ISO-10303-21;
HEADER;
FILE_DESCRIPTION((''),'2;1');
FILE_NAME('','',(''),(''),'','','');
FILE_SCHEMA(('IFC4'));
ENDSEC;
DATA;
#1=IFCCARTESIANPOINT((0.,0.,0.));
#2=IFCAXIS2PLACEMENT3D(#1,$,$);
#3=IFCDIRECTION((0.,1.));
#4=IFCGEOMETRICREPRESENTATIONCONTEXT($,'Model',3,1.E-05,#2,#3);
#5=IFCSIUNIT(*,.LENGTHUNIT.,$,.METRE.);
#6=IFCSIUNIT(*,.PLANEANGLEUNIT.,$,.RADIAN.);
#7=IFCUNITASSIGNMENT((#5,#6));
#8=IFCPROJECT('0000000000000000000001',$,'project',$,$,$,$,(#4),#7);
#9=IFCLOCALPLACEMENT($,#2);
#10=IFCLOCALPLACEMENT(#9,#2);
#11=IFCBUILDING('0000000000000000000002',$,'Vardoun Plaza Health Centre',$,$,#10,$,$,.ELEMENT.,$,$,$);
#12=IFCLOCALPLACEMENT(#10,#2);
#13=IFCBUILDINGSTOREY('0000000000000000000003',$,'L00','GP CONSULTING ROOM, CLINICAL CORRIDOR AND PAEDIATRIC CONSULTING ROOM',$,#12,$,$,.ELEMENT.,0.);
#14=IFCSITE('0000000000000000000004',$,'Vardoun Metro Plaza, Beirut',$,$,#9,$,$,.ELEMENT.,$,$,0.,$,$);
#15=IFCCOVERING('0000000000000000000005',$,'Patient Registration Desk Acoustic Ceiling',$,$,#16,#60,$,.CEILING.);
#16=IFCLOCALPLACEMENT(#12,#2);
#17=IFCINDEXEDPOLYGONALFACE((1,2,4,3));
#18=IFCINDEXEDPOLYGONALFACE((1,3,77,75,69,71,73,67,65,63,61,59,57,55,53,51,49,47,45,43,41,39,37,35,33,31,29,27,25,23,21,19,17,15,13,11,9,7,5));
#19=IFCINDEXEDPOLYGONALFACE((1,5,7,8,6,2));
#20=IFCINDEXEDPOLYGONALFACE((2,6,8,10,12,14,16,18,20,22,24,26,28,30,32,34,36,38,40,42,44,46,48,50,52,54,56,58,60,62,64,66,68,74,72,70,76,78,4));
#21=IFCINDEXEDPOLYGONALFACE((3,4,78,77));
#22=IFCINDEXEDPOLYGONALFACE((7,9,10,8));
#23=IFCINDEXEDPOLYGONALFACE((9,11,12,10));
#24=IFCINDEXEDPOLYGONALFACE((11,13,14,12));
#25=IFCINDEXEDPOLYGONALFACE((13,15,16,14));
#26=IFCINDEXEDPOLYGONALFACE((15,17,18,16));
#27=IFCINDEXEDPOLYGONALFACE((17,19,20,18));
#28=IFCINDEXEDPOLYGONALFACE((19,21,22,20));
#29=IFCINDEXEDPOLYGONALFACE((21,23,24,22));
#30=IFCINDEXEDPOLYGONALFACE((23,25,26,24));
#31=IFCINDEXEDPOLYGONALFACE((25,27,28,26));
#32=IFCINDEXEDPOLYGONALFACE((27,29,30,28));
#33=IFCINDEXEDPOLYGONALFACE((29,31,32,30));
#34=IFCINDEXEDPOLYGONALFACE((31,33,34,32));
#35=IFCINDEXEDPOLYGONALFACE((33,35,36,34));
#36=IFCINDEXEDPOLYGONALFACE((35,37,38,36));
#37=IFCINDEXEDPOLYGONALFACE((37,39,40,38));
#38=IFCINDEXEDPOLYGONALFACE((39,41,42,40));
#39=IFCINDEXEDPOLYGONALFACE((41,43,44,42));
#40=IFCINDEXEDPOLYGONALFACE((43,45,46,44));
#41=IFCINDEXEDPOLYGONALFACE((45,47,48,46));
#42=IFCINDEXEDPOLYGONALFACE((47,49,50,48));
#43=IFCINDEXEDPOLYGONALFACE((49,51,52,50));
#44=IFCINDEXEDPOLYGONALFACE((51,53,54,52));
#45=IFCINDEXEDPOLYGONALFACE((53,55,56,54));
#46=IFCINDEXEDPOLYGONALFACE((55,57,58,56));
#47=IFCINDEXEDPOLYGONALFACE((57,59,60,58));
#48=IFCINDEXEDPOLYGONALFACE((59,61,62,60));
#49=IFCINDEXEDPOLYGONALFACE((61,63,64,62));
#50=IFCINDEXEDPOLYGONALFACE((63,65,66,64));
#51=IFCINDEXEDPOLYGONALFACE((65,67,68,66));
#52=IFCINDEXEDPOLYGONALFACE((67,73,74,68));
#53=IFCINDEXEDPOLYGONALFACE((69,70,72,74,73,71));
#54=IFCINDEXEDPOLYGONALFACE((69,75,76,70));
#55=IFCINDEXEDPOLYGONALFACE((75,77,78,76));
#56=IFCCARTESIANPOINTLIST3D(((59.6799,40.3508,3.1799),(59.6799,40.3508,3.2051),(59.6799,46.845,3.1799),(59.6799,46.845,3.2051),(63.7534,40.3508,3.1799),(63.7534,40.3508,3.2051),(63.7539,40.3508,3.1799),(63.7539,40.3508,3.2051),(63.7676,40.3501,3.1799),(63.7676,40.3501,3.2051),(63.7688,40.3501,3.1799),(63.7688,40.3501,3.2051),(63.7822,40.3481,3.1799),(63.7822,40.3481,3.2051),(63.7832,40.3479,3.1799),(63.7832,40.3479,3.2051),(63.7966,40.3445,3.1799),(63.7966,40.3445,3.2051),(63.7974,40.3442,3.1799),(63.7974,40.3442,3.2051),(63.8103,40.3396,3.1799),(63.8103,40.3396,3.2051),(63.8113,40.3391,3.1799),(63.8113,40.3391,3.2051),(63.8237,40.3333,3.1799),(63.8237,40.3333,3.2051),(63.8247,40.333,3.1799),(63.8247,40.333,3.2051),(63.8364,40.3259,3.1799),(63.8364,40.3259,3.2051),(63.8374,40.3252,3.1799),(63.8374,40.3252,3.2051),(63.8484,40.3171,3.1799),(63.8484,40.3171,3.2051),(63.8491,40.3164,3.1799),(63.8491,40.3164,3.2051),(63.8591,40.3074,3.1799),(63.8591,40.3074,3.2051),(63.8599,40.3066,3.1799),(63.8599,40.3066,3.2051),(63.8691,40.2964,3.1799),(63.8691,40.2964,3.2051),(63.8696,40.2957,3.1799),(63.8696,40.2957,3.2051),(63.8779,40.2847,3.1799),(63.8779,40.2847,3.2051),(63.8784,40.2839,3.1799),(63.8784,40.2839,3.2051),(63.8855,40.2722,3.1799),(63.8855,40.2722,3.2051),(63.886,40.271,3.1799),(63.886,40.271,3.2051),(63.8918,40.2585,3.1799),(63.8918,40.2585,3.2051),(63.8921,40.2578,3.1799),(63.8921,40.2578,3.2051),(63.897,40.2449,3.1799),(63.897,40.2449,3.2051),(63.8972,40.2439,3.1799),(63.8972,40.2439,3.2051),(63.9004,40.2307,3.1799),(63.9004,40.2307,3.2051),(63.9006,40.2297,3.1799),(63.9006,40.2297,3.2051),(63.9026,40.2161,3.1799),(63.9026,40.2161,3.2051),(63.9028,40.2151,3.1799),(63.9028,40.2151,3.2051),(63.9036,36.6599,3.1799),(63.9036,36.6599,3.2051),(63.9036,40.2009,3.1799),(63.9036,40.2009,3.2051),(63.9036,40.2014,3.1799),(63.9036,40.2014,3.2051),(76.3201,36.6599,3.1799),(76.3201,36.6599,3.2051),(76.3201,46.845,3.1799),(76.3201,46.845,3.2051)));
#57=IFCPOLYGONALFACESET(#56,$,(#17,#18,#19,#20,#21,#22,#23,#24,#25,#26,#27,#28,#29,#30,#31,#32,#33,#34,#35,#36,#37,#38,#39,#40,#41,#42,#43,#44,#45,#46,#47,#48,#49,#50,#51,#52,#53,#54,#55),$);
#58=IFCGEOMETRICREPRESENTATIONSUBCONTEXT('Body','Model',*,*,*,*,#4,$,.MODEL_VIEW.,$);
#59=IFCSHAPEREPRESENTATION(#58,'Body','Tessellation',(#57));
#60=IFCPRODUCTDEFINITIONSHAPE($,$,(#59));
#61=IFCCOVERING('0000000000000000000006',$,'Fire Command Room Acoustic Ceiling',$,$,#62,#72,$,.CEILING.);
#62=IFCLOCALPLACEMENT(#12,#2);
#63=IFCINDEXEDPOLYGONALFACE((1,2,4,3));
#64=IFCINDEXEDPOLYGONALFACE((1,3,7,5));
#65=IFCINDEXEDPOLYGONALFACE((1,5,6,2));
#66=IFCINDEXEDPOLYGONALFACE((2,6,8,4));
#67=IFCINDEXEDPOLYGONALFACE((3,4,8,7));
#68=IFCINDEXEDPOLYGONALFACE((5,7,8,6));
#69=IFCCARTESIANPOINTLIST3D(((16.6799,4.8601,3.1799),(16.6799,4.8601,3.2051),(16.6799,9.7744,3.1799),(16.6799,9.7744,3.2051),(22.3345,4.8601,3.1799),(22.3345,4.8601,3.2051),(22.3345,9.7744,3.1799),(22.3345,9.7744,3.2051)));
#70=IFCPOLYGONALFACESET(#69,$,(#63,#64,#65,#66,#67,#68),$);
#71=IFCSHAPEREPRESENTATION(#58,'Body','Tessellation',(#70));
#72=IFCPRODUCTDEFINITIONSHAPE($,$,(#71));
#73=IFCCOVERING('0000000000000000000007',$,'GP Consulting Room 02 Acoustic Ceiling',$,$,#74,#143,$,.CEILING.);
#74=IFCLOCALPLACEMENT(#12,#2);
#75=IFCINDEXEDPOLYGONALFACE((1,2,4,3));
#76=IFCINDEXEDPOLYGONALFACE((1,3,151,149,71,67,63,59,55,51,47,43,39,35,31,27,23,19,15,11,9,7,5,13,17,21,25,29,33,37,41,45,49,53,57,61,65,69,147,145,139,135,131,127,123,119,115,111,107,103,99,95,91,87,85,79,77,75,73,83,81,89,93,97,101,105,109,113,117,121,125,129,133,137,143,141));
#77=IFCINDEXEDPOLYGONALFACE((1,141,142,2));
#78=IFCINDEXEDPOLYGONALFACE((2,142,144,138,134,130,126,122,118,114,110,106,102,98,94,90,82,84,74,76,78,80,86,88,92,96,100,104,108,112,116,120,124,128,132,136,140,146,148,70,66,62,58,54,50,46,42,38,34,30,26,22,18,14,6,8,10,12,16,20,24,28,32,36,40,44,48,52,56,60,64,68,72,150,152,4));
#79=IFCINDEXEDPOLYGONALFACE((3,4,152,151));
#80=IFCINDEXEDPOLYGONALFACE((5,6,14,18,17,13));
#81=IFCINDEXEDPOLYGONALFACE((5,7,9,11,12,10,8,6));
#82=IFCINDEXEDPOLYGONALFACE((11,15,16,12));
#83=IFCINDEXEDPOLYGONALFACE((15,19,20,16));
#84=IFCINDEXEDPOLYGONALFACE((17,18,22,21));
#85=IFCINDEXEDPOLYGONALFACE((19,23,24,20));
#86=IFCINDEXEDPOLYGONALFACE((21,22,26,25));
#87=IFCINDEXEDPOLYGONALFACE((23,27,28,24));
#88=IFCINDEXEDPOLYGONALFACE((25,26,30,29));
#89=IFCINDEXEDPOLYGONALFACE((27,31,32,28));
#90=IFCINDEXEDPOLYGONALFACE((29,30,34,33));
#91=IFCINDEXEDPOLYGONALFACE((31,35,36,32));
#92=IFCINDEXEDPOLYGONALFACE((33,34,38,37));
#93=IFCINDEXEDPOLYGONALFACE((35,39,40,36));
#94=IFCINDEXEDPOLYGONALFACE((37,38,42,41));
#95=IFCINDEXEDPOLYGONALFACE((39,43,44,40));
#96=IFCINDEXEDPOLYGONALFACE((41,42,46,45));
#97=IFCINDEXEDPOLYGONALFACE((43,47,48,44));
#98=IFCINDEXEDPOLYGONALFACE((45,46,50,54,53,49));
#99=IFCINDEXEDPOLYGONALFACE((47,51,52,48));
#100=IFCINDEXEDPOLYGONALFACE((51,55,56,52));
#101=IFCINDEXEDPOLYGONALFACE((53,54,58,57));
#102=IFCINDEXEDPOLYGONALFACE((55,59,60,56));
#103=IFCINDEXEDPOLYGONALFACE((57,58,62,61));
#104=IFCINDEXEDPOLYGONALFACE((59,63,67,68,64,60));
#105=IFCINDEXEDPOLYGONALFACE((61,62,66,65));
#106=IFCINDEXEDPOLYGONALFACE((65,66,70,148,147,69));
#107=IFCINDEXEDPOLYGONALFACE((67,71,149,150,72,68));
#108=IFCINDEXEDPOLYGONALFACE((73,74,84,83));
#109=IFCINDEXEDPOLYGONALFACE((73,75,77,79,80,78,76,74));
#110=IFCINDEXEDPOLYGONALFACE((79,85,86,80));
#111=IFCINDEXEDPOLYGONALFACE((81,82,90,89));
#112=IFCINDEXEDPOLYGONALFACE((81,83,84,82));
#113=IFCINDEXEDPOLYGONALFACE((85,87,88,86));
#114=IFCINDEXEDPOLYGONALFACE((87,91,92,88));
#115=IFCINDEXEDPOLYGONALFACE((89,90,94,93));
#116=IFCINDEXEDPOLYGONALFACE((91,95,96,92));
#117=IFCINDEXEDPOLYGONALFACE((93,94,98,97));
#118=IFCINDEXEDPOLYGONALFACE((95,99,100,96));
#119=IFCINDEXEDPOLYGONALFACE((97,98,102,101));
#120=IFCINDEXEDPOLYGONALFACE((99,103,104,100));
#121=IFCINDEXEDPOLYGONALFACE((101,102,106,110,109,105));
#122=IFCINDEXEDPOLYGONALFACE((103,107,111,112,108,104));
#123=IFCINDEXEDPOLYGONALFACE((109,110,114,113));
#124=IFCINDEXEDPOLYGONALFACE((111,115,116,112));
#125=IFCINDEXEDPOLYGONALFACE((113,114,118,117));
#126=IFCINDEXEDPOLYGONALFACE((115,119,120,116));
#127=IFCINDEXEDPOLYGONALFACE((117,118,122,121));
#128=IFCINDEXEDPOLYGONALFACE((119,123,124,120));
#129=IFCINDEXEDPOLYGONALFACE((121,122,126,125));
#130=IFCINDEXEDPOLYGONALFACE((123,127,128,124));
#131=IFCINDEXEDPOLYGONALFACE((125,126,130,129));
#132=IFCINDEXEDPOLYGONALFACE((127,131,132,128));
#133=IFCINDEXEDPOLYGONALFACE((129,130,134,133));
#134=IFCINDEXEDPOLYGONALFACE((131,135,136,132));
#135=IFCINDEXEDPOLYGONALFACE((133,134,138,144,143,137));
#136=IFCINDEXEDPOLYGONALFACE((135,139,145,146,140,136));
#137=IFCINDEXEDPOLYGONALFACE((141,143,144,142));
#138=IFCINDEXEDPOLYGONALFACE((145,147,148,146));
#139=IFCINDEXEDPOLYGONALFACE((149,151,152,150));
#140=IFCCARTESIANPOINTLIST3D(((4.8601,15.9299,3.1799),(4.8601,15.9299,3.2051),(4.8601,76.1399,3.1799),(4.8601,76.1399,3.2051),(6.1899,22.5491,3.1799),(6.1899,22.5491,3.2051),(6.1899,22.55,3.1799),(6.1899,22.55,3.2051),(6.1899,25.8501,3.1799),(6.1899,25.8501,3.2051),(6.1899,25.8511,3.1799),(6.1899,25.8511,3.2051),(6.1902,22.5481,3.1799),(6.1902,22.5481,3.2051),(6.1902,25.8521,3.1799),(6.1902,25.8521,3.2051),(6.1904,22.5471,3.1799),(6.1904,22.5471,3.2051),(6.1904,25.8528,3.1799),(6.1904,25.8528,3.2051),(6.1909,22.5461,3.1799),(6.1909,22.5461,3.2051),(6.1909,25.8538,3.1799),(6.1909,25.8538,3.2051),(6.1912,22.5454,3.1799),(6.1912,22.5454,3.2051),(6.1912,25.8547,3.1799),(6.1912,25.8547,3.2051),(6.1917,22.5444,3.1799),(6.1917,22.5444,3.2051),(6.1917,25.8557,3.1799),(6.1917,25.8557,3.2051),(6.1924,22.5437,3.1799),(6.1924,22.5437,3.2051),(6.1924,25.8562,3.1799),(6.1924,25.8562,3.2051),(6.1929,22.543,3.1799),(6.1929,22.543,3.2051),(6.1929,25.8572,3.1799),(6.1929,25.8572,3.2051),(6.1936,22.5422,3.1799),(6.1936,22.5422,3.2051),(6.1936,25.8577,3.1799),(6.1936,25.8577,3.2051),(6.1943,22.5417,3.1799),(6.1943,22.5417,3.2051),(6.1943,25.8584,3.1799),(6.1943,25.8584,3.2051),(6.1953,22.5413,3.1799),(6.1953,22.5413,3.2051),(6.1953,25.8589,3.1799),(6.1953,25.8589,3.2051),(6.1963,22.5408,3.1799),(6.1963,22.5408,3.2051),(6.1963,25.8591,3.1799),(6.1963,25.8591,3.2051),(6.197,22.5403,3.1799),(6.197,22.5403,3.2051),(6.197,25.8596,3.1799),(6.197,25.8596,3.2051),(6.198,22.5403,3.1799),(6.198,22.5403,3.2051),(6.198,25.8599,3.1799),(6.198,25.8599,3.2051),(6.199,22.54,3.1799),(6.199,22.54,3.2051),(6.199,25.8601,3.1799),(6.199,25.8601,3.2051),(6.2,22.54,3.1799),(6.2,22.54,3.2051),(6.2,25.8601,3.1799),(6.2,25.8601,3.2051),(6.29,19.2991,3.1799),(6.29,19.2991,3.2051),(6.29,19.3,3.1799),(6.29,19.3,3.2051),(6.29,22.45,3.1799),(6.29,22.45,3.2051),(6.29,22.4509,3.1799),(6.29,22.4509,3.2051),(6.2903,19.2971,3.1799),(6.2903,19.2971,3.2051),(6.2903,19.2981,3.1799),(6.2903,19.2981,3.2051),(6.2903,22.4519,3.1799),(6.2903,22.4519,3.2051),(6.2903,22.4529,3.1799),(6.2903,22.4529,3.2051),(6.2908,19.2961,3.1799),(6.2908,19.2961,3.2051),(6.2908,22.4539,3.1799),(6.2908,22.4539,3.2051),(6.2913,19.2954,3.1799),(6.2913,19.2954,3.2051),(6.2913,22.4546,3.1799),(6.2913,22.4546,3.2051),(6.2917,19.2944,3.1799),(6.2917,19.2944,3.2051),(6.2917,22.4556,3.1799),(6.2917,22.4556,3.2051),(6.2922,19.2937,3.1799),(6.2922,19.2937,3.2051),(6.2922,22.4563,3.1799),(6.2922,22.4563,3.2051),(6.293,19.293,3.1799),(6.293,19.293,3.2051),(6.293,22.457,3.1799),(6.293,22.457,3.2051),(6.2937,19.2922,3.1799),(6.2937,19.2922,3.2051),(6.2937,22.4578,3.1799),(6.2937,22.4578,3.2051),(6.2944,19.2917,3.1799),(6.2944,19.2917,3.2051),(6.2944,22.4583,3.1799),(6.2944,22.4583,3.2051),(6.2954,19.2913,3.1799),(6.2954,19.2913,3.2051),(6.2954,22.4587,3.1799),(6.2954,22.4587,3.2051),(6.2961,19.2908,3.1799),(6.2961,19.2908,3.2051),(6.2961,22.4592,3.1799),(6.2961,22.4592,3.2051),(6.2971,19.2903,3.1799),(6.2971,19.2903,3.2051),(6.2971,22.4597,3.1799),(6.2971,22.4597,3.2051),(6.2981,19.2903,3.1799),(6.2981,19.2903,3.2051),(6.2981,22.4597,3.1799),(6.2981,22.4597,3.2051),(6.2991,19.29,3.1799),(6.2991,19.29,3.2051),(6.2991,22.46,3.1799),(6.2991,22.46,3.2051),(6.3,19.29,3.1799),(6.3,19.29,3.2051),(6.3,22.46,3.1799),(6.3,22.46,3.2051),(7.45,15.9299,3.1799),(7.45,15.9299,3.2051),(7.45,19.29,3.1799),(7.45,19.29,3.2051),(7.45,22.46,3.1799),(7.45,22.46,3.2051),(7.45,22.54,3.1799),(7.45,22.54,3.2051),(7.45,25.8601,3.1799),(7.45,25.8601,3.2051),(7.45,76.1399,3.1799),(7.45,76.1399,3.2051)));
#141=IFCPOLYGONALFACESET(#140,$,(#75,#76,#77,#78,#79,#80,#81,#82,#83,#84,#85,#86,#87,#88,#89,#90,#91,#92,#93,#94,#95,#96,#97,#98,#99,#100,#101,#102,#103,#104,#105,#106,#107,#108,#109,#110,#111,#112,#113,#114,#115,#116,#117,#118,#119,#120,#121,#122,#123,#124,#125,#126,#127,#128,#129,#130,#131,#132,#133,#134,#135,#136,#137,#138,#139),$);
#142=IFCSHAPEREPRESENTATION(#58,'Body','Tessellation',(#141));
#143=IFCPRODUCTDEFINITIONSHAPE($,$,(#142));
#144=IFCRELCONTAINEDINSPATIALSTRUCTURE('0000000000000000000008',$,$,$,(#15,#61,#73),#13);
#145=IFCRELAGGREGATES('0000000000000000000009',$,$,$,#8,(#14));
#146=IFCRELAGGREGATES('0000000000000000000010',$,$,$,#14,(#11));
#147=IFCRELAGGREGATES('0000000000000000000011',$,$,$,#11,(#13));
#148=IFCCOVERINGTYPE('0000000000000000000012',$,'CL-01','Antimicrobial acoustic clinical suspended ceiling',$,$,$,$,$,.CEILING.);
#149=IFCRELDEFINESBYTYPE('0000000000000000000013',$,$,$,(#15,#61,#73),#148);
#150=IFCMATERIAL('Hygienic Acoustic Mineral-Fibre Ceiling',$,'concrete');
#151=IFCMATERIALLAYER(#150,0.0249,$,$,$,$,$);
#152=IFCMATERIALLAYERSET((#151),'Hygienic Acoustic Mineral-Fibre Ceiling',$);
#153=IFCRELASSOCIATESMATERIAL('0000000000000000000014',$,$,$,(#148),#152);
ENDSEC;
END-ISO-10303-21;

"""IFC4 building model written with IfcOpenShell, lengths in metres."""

from ifc_helpers import new_model, si_unit, direction, frame, origin, place, context, subcontext, project, spatial, polyline, outline, extrude, material, layer, layer_set, type_object, element, save


model = new_model("IFC4")

# Units and contexts
model_context = context("Model", 3, precision=1e-05, world=origin(), true_north=direction((0.0, 1.0)))
body_context = subcontext(model_context, "Body", "Model", "MODEL_VIEW")
ifc_project = project(units=[si_unit("LENGTHUNIT", "METRE"), si_unit("PLANEANGLEUNIT", "RADIAN")], contexts=[model_context])

# Site, building, storey
site_placement = place(None, origin())
site = spatial("IfcSite", under=ifc_project, at=site_placement, Name="Vardoun Metro Plaza, Beirut", CompositionType="ELEMENT", RefElevation=0.0)
building_placement = place(site_placement, origin())
building = spatial("IfcBuilding", under=site, at=building_placement, Name="Vardoun Plaza Health Centre", CompositionType="ELEMENT")
storey_placement = place(building_placement, origin())
storey = spatial("IfcBuildingStorey", under=building, at=storey_placement, Name="L00", Description="GP CONSULTING ROOM, CLINICAL CORRIDOR AND PAEDIATRIC CONSULTING ROOM", CompositionType="ELEMENT", Elevation=0.0)

# Coverings
ifc_material_1 = material(Name="Hygienic Acoustic Mineral-Fibre Ceiling", Category="concrete")
ifc_layer_1 = layer(ifc_material_1, 0.0249)
ifc_layer_set_1 = layer_set([ifc_layer_1], Name="Hygienic Acoustic Mineral-Fibre Ceiling")
covering_type_1 = type_object("IfcCoveringType", Name="CL-01", Description="Antimicrobial acoustic clinical suspended ceiling", PredefinedType="CEILING", material=ifc_layer_set_1)
covering_1_placement = place(storey_placement, frame((0.0, 0.0, 3.1799)))
element("IfcCovering", 1, at=covering_1_placement, inside=storey, type_object=covering_type_1, Name="Patient Registration Desk Acoustic Ceiling", PredefinedType="CEILING", context=body_context, shape_type="SweptSolid", body=[
    extrude(outline(polyline([(59.6799, 46.845), (76.3201, 46.845), (76.3201, 36.6599), (63.9036, 36.6599), (63.9036, 40.2009), (63.9036, 40.2014), (63.9028, 40.2151), (63.9026, 40.2161), (63.9006, 40.2297), (63.9004, 40.2307), (63.8972, 40.2439), (63.897, 40.2449), (63.8921, 40.2578), (63.8918, 40.2585), (63.886, 40.271), (63.8855, 40.2722), (63.8784, 40.2839), (63.8779, 40.2847), (63.8696, 40.2957), (63.8691, 40.2964), (63.8599, 40.3066), (63.8591, 40.3074), (63.8491, 40.3164), (63.8484, 40.3171), (63.8374, 40.3252), (63.8364, 40.3259), (63.8247, 40.333), (63.8237, 40.3333), (63.8113, 40.3391), (63.8103, 40.3396), (63.7974, 40.3442), (63.7966, 40.3445), (63.7832, 40.3479), (63.7822, 40.3481), (63.7688, 40.3501), (63.7676, 40.3501), (63.7539, 40.3508), (63.7534, 40.3508), (59.6799, 40.3508), (59.6799, 46.845)])), origin(), (0.0, 0.0, 1.0), 0.0251),
])
covering_2_placement = place(storey_placement, frame((0.0, 0.0, 3.1799)))
element("IfcCovering", 2, at=covering_2_placement, inside=storey, type_object=covering_type_1, Name="Fire Command Room Acoustic Ceiling", PredefinedType="CEILING", context=body_context, shape_type="SweptSolid", body=[
    extrude(outline(polyline([(16.6799, 9.7744), (22.3345, 9.7744), (22.3345, 4.8601), (16.6799, 4.8601), (16.6799, 9.7744)])), origin(), (0.0, 0.0, 1.0), 0.0251),
])
covering_3_placement = place(storey_placement, frame((0.0, 0.0, 3.1799)))
element("IfcCovering", 3, at=covering_3_placement, inside=storey, type_object=covering_type_1, Name="GP Consulting Room 02 Acoustic Ceiling", PredefinedType="CEILING", context=body_context, shape_type="SweptSolid", body=[
    extrude(outline(polyline([(4.8601, 76.1399), (7.45, 76.1399), (7.45, 25.8601), (6.2, 25.8601), (6.199, 25.8601), (6.198, 25.8599), (6.197, 25.8596), (6.1963, 25.8591), (6.1953, 25.8589), (6.1943, 25.8584), (6.1936, 25.8577), (6.1929, 25.8572), (6.1924, 25.8562), (6.1917, 25.8557), (6.1912, 25.8547), (6.1909, 25.8538), (6.1904, 25.8528), (6.1902, 25.8521), (6.1899, 25.8511), (6.1899, 25.8501), (6.1899, 22.55), (6.1899, 22.5491), (6.1902, 22.5481), (6.1904, 22.5471), (6.1909, 22.5461), (6.1912, 22.5454), (6.1917, 22.5444), (6.1924, 22.5437), (6.1929, 22.543), (6.1936, 22.5422), (6.1943, 22.5417), (6.1953, 22.5413), (6.1963, 22.5408), (6.197, 22.5403), (6.198, 22.5403), (6.199, 22.54), (6.2, 22.54), (7.45, 22.54), (7.45, 22.46), (6.3, 22.46), (6.2991, 22.46), (6.2981, 22.4597), (6.2971, 22.4597), (6.2961, 22.4592), (6.2954, 22.4587), (6.2944, 22.4583), (6.2937, 22.4578), (6.293, 22.457), (6.2922, 22.4563), (6.2917, 22.4556), (6.2913, 22.4546), (6.2908, 22.4539), (6.2903, 22.4529), (6.2903, 22.4519), (6.29, 22.4509), (6.29, 22.45), (6.29, 19.3), (6.29, 19.2991), (6.2903, 19.2981), (6.2903, 19.2971), (6.2908, 19.2961), (6.2913, 19.2954), (6.2917, 19.2944), (6.2922, 19.2937), (6.293, 19.293), (6.2937, 19.2922), (6.2944, 19.2917), (6.2954, 19.2913), (6.2961, 19.2908), (6.2971, 19.2903), (6.2981, 19.2903), (6.2991, 19.29), (6.3, 19.29), (7.45, 19.29), (7.45, 15.9299), (4.8601, 15.9299), (4.8601, 76.1399)])), origin(), (0.0, 0.0, 1.0), 0.0251),
])

save(model, "model.ifc")
